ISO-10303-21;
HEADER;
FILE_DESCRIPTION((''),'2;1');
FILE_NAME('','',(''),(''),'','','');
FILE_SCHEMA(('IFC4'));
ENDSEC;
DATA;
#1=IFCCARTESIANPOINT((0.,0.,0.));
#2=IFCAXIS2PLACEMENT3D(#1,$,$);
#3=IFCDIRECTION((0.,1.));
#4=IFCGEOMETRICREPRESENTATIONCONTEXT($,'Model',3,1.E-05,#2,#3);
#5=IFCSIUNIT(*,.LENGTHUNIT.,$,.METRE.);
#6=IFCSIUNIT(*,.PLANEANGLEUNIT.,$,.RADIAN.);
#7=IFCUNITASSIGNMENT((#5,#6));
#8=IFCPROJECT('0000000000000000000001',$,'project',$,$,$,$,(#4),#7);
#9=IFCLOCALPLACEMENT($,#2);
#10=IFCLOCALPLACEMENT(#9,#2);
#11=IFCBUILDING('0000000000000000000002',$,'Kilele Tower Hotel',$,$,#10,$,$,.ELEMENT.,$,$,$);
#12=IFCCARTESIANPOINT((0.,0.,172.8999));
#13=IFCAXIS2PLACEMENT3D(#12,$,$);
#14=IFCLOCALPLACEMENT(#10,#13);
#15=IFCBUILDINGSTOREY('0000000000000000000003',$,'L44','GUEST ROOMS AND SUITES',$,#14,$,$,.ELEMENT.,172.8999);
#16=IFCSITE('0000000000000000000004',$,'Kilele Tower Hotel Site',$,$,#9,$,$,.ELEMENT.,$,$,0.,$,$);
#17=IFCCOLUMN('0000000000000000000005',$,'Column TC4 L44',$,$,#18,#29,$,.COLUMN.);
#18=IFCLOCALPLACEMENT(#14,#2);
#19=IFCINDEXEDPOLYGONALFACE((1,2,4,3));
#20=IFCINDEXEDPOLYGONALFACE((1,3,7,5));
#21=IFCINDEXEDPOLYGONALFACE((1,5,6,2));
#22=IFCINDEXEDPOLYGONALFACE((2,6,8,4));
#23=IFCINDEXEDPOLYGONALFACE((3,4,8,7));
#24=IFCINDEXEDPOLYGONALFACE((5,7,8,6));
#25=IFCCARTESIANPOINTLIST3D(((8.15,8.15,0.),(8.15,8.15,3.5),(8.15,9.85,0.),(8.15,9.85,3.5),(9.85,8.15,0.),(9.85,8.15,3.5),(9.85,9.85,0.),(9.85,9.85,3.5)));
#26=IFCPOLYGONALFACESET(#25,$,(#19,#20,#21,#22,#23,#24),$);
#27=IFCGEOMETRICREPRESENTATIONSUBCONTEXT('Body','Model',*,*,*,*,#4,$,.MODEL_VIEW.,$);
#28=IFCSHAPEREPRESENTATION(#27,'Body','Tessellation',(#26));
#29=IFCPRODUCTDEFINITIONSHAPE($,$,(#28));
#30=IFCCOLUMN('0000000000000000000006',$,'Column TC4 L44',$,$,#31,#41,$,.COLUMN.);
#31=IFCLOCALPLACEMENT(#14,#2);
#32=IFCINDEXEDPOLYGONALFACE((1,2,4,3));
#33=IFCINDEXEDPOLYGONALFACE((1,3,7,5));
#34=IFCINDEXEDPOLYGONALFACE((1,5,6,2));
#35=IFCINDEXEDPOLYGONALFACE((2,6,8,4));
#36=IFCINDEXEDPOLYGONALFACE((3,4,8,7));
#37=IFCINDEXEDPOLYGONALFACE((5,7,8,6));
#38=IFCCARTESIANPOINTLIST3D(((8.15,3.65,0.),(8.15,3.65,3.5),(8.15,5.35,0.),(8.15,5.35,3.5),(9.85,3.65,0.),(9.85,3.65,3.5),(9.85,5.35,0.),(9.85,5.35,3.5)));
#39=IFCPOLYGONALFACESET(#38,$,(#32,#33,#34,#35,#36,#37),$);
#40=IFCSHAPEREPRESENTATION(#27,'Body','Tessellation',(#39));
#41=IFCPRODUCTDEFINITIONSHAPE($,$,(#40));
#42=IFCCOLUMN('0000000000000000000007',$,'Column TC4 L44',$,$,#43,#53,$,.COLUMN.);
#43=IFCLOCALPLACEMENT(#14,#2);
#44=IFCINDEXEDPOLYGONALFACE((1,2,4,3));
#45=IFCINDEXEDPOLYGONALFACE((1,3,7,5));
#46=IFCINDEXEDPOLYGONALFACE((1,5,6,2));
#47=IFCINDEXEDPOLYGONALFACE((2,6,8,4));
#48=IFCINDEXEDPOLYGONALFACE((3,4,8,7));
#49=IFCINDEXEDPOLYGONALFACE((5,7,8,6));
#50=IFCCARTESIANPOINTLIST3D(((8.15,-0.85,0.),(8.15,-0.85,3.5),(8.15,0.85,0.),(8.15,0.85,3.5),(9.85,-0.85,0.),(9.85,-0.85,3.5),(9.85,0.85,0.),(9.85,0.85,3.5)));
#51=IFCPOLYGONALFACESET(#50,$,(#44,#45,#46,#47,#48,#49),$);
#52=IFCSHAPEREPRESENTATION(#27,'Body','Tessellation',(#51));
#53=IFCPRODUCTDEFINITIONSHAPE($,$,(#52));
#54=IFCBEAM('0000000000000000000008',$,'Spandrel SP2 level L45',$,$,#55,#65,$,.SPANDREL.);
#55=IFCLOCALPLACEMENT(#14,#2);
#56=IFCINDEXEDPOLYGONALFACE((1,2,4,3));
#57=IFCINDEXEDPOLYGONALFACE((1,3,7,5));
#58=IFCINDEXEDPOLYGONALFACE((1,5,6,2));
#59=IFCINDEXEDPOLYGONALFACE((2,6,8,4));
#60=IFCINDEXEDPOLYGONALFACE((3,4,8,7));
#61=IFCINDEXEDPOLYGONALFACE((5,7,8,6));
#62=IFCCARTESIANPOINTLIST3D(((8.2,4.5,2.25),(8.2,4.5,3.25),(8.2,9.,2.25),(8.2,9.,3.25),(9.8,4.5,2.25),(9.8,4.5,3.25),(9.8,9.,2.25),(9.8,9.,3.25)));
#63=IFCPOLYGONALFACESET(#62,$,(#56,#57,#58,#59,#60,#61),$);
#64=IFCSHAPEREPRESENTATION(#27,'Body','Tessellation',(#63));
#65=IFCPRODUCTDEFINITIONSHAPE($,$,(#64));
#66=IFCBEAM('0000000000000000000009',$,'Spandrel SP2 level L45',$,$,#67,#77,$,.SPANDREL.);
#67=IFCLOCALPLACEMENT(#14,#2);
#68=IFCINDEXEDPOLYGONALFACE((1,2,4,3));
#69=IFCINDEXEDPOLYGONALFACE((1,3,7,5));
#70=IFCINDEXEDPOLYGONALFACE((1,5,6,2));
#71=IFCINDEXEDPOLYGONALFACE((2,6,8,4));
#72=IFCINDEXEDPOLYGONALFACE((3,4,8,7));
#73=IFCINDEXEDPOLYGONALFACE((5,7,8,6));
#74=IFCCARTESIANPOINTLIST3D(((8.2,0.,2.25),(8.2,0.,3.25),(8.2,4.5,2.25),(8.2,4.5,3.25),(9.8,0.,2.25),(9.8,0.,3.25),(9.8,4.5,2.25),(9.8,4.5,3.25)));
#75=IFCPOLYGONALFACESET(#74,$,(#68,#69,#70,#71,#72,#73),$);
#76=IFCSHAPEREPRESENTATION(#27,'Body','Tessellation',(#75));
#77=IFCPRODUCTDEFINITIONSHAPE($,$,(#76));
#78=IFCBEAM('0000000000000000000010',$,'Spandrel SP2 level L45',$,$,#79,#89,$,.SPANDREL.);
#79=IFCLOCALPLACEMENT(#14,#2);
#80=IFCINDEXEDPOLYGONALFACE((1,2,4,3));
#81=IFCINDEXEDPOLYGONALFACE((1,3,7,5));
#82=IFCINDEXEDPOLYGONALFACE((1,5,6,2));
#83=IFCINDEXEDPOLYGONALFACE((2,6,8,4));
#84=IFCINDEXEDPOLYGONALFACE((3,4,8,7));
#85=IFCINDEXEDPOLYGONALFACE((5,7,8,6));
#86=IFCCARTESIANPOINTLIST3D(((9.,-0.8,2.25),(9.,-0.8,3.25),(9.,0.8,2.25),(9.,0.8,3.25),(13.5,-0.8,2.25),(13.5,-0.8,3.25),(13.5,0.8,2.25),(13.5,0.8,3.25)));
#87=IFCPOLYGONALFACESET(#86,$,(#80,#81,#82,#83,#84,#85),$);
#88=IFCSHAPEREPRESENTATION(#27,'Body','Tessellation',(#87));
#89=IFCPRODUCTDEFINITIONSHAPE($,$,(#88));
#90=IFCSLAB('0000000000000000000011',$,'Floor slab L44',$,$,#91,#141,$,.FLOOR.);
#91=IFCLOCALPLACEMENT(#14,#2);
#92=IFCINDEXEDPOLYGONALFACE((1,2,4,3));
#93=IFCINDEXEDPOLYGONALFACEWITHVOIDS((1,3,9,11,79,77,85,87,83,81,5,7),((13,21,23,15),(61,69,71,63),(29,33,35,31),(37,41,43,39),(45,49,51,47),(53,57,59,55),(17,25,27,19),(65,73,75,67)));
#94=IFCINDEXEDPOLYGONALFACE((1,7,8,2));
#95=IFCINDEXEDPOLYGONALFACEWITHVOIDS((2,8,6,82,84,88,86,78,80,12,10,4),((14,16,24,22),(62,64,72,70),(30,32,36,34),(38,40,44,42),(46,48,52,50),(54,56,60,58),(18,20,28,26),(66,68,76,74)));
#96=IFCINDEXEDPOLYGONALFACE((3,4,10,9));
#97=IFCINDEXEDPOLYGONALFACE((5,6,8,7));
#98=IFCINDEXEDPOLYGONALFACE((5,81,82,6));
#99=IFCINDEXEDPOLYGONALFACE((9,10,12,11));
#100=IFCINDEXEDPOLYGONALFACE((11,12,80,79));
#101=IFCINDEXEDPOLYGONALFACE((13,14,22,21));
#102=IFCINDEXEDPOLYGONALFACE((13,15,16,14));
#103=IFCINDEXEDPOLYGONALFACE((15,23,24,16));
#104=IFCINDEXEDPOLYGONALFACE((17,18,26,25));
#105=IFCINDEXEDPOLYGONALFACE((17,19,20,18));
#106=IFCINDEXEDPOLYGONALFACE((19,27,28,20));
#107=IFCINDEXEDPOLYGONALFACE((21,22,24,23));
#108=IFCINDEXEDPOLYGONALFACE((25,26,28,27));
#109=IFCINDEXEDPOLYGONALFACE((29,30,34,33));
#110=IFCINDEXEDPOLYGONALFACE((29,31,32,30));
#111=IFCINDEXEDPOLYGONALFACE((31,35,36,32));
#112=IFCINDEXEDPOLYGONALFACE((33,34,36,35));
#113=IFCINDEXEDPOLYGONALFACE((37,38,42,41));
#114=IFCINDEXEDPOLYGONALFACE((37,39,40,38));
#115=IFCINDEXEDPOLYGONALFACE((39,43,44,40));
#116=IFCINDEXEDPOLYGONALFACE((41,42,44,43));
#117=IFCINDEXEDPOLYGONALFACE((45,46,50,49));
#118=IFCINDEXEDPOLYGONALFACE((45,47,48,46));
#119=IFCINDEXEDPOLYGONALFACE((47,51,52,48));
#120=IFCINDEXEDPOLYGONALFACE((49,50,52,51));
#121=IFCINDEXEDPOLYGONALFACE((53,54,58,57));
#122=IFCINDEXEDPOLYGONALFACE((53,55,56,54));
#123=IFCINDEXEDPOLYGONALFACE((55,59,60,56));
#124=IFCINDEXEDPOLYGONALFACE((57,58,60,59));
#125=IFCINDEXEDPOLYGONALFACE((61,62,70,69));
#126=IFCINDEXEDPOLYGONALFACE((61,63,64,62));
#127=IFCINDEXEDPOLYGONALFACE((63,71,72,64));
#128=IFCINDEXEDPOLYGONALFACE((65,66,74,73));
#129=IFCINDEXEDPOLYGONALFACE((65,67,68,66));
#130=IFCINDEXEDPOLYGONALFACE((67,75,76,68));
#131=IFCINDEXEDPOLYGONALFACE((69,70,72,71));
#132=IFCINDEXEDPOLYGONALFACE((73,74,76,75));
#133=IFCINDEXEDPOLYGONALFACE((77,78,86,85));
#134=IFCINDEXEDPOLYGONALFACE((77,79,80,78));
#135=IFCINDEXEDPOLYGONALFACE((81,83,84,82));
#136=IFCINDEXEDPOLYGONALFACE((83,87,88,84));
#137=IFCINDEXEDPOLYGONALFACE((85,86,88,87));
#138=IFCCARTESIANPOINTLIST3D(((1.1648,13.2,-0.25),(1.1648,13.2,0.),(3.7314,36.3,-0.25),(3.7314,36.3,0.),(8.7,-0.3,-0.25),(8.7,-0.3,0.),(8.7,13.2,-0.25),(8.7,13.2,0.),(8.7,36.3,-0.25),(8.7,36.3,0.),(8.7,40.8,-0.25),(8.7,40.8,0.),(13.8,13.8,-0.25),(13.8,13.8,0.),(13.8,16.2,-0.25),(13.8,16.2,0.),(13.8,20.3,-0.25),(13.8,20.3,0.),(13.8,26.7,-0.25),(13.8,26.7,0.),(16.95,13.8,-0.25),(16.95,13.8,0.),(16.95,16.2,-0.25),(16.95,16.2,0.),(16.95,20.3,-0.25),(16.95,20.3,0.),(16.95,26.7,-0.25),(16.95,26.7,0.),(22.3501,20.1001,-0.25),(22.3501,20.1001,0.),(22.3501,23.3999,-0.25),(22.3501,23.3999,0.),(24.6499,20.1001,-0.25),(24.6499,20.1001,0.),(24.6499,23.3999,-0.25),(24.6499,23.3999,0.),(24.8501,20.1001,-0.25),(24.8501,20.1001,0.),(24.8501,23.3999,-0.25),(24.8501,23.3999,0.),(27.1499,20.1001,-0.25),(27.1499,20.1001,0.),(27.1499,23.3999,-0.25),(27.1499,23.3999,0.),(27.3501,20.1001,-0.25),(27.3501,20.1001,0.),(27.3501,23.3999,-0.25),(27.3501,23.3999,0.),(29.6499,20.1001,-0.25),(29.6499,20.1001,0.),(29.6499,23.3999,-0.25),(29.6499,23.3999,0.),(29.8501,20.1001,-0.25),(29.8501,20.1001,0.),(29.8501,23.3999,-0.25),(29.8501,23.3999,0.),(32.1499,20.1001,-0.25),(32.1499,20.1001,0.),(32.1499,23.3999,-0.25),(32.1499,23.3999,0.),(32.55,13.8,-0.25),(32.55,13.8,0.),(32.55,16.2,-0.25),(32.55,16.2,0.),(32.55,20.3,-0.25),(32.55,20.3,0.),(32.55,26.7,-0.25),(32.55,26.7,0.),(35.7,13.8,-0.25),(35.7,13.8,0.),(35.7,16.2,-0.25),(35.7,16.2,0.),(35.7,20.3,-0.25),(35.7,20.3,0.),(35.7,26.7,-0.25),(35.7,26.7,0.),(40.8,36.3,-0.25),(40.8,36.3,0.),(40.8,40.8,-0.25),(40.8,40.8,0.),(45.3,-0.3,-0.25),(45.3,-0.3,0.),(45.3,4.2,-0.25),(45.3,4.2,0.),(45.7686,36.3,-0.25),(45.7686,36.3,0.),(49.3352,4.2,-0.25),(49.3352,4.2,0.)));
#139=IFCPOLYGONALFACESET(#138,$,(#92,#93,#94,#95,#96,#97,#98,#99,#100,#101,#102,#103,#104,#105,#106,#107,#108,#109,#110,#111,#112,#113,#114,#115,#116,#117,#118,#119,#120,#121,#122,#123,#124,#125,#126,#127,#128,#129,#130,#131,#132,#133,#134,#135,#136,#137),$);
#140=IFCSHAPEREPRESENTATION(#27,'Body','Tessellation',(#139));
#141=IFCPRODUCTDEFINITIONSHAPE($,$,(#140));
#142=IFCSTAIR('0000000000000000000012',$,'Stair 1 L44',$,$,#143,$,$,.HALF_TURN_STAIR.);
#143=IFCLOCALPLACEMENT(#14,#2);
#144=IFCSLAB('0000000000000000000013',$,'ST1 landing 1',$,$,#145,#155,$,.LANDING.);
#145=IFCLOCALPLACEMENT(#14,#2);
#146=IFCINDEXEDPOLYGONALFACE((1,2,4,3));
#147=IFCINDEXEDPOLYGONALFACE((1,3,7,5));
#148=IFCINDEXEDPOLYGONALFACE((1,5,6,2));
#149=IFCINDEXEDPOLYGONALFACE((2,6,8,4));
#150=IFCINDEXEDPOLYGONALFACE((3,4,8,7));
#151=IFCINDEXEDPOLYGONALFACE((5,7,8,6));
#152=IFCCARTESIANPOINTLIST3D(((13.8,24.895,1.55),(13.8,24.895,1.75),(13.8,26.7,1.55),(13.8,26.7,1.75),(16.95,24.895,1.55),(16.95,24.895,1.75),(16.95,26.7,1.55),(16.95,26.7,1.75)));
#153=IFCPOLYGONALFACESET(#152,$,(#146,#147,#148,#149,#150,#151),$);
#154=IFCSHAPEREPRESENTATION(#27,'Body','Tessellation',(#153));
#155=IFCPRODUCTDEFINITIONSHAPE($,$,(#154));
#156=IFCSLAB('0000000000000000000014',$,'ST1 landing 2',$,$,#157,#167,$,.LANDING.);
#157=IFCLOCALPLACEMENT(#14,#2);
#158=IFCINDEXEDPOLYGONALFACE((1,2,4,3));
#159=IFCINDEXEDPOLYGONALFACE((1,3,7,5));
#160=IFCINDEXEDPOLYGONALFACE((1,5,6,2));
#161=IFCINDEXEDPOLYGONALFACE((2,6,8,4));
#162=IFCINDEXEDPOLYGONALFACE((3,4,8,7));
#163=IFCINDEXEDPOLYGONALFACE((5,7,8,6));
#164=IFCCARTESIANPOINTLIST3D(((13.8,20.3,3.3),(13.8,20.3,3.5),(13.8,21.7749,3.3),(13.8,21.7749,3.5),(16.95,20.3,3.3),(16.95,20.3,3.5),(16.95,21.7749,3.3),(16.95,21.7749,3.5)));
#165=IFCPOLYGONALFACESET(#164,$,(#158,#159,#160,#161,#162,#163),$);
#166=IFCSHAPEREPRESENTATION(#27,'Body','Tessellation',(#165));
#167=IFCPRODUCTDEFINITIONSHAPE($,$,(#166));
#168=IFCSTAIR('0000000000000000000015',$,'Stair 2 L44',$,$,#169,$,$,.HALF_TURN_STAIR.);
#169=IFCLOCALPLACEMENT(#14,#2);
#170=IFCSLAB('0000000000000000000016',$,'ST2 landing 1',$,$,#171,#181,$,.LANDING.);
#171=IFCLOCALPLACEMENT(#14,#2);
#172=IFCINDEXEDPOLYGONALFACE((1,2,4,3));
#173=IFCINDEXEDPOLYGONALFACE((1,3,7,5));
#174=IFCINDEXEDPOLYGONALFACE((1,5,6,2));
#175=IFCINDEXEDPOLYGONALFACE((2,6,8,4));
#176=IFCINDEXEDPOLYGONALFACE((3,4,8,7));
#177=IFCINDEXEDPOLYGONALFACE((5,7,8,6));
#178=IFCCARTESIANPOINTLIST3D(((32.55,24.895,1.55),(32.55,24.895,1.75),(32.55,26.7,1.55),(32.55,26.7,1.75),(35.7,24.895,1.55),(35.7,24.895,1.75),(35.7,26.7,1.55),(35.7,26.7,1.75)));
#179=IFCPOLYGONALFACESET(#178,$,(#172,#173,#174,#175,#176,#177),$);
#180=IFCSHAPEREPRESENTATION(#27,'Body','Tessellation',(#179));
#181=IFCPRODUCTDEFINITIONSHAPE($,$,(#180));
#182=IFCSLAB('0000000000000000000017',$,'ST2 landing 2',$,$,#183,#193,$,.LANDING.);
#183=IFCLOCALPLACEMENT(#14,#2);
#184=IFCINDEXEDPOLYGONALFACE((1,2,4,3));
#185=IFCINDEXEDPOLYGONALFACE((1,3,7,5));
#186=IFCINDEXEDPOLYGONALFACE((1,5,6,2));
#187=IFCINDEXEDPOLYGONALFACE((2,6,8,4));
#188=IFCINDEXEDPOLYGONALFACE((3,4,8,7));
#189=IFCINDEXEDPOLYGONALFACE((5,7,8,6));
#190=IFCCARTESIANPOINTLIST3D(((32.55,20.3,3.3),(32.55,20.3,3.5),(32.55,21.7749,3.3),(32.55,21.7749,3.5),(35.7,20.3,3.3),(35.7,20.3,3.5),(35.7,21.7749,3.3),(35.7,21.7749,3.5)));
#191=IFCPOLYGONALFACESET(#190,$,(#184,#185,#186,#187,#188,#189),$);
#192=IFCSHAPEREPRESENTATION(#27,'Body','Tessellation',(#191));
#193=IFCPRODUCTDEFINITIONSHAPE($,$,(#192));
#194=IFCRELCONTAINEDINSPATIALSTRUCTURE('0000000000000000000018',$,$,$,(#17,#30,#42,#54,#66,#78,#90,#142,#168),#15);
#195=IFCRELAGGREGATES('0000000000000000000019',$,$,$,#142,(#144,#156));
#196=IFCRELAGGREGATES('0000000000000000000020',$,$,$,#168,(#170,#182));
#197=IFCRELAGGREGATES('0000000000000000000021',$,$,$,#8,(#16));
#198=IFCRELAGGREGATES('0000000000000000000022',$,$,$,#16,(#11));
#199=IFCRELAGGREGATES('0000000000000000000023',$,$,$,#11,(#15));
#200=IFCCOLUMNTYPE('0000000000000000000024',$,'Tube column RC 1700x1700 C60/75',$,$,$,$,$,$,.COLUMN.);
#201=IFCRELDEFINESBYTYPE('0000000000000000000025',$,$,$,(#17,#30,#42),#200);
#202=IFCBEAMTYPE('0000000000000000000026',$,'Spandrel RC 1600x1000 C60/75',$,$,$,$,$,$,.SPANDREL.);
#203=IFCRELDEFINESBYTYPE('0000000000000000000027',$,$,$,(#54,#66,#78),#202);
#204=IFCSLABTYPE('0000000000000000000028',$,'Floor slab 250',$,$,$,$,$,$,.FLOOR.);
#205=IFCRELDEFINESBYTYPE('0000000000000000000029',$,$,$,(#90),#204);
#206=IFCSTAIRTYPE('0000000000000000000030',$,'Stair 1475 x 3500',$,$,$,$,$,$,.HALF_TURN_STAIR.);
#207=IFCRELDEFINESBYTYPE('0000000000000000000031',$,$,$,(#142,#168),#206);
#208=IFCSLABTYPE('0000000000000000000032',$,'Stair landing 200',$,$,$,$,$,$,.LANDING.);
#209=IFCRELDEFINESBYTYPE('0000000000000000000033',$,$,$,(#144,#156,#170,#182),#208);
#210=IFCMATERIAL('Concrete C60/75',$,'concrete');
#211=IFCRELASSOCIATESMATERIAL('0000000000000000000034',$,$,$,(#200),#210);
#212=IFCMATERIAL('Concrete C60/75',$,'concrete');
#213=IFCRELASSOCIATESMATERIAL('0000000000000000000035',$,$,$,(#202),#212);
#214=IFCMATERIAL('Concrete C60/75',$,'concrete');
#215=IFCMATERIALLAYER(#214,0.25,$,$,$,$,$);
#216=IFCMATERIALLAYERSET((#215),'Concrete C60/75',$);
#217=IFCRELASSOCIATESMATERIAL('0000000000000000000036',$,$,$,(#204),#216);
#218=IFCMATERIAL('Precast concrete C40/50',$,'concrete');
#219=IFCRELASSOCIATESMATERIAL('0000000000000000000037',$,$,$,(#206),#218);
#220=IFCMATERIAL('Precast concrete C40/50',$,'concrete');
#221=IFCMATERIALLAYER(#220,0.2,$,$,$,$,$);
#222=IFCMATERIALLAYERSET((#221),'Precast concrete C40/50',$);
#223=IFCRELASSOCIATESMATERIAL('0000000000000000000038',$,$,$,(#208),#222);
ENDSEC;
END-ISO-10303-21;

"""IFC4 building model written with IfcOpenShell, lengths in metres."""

from ifc_helpers import new_model, si_unit, direction, frame, origin, origin_2d, place, context, subcontext, project, spatial, polyline, rectangle, outline, extrude, material, layer, layer_set, material_profile, profile_set, type_object, element, aggregate, save


model = new_model("IFC4")

# Units and contexts
model_context = context("Model", 3, precision=1e-05, world=origin(), true_north=direction((0.0, 1.0)))
body_context = subcontext(model_context, "Body", "Model", "MODEL_VIEW")
ifc_project = project(units=[si_unit("LENGTHUNIT", "METRE"), si_unit("PLANEANGLEUNIT", "RADIAN")], contexts=[model_context])

# Site, building, storey
site_placement = place(None, origin())
site = spatial("IfcSite", under=ifc_project, at=site_placement, Name="Kilele Tower Hotel Site", CompositionType="ELEMENT", RefElevation=0.0)
building_placement = place(site_placement, origin())
building = spatial("IfcBuilding", under=site, at=building_placement, Name="Kilele Tower Hotel", CompositionType="ELEMENT")
storey_placement = place(building_placement, frame((0.0, 0.0, 172.8999)))
storey = spatial("IfcBuildingStorey", under=building, at=storey_placement, Name="L44", Description="GUEST ROOMS AND SUITES", CompositionType="ELEMENT", Elevation=172.8999)

# Columns
ifc_material_1 = material(Name="Concrete C60/75", Category="concrete")
ifc_material_profile_1 = material_profile(ifc_material_1, rectangle(XDim=1.7, YDim=1.7, at=origin_2d()))
ifc_profile_set_1 = profile_set([ifc_material_profile_1], Name="Concrete C60/75")
column_type = type_object("IfcColumnType", Name="Tube column RC 1700x1700 C60/75", PredefinedType="COLUMN", material=ifc_profile_set_1)
for number, where, z_axis, x_axis, name in (
    (1, (9.0, 9.0, 0.0), (0.0, 0.0, 1.0), (1.0, 0.0, 0.0), "Column TC4 L44"),
    (2, (9.0, 4.5, 0.0), (0.0, 0.0, 1.0), (1.0, 0.0, 0.0), "Column TC4 L44"),
    (3, (9.0, 0.0, 0.0), (0.0, 0.0, 1.0), (1.0, 0.0, 0.0), "Column TC4 L44"),
):
    element("IfcColumn", number, at=place(storey_placement, frame(where, z_axis=z_axis, x_axis=x_axis)), inside=storey, type_object=column_type, Name=name, PredefinedType="COLUMN", context=body_context, shape_type="SweptSolid", body=[
        extrude(rectangle(XDim=1.7, YDim=1.7, at=origin_2d()), origin(), (0.0, 0.0, 1.0), 3.5),
    ])

# Beams
ifc_material_2 = material(Name="Concrete C60/75", Category="concrete")
ifc_material_profile_2 = material_profile(ifc_material_2, rectangle(XDim=1.6001, YDim=1.0, at=origin_2d()))
ifc_profile_set_2 = profile_set([ifc_material_profile_2], Name="Concrete C60/75")
beam_type = type_object("IfcBeamType", Name="Spandrel RC 1600x1000 C60/75", PredefinedType="SPANDREL", material=ifc_profile_set_2)
for number, where, z_axis, x_axis, name in (
    (4, (9.0, 9.0, 2.75), (0.0, -1.0, 0.0), (1.0, 0.0, 0.0), "Spandrel SP2 level L45"),
    (5, (9.0, 4.5, 2.75), (0.0, -1.0, 0.0), (1.0, 0.0, 0.0), "Spandrel SP2 level L45"),
    (6, (9.0, 0.0, 2.75), (1.0, 0.0, 0.0), (0.0, 1.0, 0.0), "Spandrel SP2 level L45"),
):
    element("IfcBeam", number, at=place(storey_placement, frame(where, z_axis=z_axis, x_axis=x_axis)), inside=storey, type_object=beam_type, Name=name, PredefinedType="SPANDREL", context=body_context, shape_type="SweptSolid", body=[
        extrude(rectangle(XDim=1.6001, YDim=1.0, at=origin_2d()), origin(), (0.0, 0.0, 1.0), 4.5),
    ])

# Slab
ifc_material_3 = material(Name="Concrete C60/75", Category="concrete")
ifc_layer_1 = layer(ifc_material_3, 0.25)
ifc_layer_set_1 = layer_set([ifc_layer_1], Name="Concrete C60/75")
slab_type_1 = type_object("IfcSlabType", Name="Floor slab 250", PredefinedType="FLOOR", material=ifc_layer_set_1)
slab_1_placement = place(storey_placement, frame((0.0, 0.0, -0.25)))
element("IfcSlab", 7, at=slab_1_placement, inside=storey, type_object=slab_type_1, Name="Floor slab L44", PredefinedType="FLOOR", context=body_context, shape_type="SweptSolid", body=[
    extrude(outline(polyline([(8.7, 36.3), (8.7, 40.8), (40.8, 40.8), (40.8, 36.3), (45.7686, 36.3), (49.3352, 4.2), (45.3, 4.2), (45.3, -0.3), (8.7, -0.3), (8.7, 13.2), (1.1648, 13.2), (3.7314, 36.3), (8.7, 36.3)]), holes=[polyline([(16.95, 16.2), (13.8, 16.2), (13.8, 13.8), (16.95, 13.8), (16.95, 16.2)]), polyline([(35.7, 16.2), (32.55, 16.2), (32.55, 13.8), (35.7, 13.8), (35.7, 16.2)]), polyline([(24.6499, 23.3999), (22.3501, 23.3999), (22.3501, 20.1001), (24.6499, 20.1001), (24.6499, 23.3999)]), polyline([(27.1499, 23.3999), (24.8501, 23.3999), (24.8501, 20.1001), (27.1499, 20.1001), (27.1499, 23.3999)]), polyline([(29.6499, 23.3999), (27.3501, 23.3999), (27.3501, 20.1001), (29.6499, 20.1001), (29.6499, 23.3999)]), polyline([(32.1499, 23.3999), (29.8501, 23.3999), (29.8501, 20.1001), (32.1499, 20.1001), (32.1499, 23.3999)]), polyline([(16.95, 26.7), (13.8, 26.7), (13.8, 20.3), (16.95, 20.3), (16.95, 26.7)]), polyline([(35.7, 26.7), (32.55, 26.7), (32.55, 20.3), (35.7, 20.3), (35.7, 26.7)])]), origin(), (0.0, 0.0, 1.0), 0.25),
])

# Stairs, slabs
ifc_material_4 = material(Name="Precast concrete C40/50", Category="concrete")
stair_type = type_object("IfcStairType", Name="Stair 1475 x 3500", PredefinedType="HALF_TURN_STAIR", material=ifc_material_4)
stair_1_placement = place(storey_placement, origin())
stair_1 = element("IfcStair", 8, at=stair_1_placement, inside=storey, type_object=stair_type, Name="Stair 1 L44", PredefinedType="HALF_TURN_STAIR")
ifc_material_5 = material(Name="Precast concrete C40/50", Category="concrete")
ifc_layer_2 = layer(ifc_material_5, 0.2)
ifc_layer_set_2 = layer_set([ifc_layer_2], Name="Precast concrete C40/50")
slab_type_2 = type_object("IfcSlabType", Name="Stair landing 200", PredefinedType="LANDING", material=ifc_layer_set_2)
slab_2_placement = place(storey_placement, frame((0.0, 0.0, 1.55)))
slab_2 = element("IfcSlab", 9, at=slab_2_placement, type_object=slab_type_2, Name="ST1 landing 1", PredefinedType="LANDING", context=body_context, shape_type="SweptSolid", body=[
    extrude(outline(polyline([(13.8, 24.895), (16.95, 24.895), (16.95, 26.7), (13.8, 26.7), (13.8, 24.895)])), origin(), (0.0, 0.0, 1.0), 0.2),
])
slab_3_placement = place(storey_placement, frame((0.0, 0.0, 3.3)))
slab_3 = element("IfcSlab", 10, at=slab_3_placement, type_object=slab_type_2, Name="ST1 landing 2", PredefinedType="LANDING", context=body_context, shape_type="SweptSolid", body=[
    extrude(outline(polyline([(13.8, 20.3), (16.95, 20.3), (16.95, 21.7749), (13.8, 21.7749), (13.8, 20.3)])), origin(), (0.0, 0.0, 1.0), 0.2),
])
aggregate(stair_1, [slab_2, slab_3])
stair_2_placement = place(storey_placement, origin())
stair_2 = element("IfcStair", 11, at=stair_2_placement, inside=storey, type_object=stair_type, Name="Stair 2 L44", PredefinedType="HALF_TURN_STAIR")
slab_4_placement = place(storey_placement, frame((0.0, 0.0, 1.55)))
slab_4 = element("IfcSlab", 12, at=slab_4_placement, type_object=slab_type_2, Name="ST2 landing 1", PredefinedType="LANDING", context=body_context, shape_type="SweptSolid", body=[
    extrude(outline(polyline([(32.55, 24.895), (35.7, 24.895), (35.7, 26.7), (32.55, 26.7), (32.55, 24.895)])), origin(), (0.0, 0.0, 1.0), 0.2),
])
slab_5_placement = place(storey_placement, frame((0.0, 0.0, 3.3)))
slab_5 = element("IfcSlab", 13, at=slab_5_placement, type_object=slab_type_2, Name="ST2 landing 2", PredefinedType="LANDING", context=body_context, shape_type="SweptSolid", body=[
    extrude(outline(polyline([(32.55, 20.3), (35.7, 20.3), (35.7, 21.7749), (32.55, 21.7749), (32.55, 20.3)])), origin(), (0.0, 0.0, 1.0), 0.2),
])
aggregate(stair_2, [slab_4, slab_5])

save(model, "model.ifc")
